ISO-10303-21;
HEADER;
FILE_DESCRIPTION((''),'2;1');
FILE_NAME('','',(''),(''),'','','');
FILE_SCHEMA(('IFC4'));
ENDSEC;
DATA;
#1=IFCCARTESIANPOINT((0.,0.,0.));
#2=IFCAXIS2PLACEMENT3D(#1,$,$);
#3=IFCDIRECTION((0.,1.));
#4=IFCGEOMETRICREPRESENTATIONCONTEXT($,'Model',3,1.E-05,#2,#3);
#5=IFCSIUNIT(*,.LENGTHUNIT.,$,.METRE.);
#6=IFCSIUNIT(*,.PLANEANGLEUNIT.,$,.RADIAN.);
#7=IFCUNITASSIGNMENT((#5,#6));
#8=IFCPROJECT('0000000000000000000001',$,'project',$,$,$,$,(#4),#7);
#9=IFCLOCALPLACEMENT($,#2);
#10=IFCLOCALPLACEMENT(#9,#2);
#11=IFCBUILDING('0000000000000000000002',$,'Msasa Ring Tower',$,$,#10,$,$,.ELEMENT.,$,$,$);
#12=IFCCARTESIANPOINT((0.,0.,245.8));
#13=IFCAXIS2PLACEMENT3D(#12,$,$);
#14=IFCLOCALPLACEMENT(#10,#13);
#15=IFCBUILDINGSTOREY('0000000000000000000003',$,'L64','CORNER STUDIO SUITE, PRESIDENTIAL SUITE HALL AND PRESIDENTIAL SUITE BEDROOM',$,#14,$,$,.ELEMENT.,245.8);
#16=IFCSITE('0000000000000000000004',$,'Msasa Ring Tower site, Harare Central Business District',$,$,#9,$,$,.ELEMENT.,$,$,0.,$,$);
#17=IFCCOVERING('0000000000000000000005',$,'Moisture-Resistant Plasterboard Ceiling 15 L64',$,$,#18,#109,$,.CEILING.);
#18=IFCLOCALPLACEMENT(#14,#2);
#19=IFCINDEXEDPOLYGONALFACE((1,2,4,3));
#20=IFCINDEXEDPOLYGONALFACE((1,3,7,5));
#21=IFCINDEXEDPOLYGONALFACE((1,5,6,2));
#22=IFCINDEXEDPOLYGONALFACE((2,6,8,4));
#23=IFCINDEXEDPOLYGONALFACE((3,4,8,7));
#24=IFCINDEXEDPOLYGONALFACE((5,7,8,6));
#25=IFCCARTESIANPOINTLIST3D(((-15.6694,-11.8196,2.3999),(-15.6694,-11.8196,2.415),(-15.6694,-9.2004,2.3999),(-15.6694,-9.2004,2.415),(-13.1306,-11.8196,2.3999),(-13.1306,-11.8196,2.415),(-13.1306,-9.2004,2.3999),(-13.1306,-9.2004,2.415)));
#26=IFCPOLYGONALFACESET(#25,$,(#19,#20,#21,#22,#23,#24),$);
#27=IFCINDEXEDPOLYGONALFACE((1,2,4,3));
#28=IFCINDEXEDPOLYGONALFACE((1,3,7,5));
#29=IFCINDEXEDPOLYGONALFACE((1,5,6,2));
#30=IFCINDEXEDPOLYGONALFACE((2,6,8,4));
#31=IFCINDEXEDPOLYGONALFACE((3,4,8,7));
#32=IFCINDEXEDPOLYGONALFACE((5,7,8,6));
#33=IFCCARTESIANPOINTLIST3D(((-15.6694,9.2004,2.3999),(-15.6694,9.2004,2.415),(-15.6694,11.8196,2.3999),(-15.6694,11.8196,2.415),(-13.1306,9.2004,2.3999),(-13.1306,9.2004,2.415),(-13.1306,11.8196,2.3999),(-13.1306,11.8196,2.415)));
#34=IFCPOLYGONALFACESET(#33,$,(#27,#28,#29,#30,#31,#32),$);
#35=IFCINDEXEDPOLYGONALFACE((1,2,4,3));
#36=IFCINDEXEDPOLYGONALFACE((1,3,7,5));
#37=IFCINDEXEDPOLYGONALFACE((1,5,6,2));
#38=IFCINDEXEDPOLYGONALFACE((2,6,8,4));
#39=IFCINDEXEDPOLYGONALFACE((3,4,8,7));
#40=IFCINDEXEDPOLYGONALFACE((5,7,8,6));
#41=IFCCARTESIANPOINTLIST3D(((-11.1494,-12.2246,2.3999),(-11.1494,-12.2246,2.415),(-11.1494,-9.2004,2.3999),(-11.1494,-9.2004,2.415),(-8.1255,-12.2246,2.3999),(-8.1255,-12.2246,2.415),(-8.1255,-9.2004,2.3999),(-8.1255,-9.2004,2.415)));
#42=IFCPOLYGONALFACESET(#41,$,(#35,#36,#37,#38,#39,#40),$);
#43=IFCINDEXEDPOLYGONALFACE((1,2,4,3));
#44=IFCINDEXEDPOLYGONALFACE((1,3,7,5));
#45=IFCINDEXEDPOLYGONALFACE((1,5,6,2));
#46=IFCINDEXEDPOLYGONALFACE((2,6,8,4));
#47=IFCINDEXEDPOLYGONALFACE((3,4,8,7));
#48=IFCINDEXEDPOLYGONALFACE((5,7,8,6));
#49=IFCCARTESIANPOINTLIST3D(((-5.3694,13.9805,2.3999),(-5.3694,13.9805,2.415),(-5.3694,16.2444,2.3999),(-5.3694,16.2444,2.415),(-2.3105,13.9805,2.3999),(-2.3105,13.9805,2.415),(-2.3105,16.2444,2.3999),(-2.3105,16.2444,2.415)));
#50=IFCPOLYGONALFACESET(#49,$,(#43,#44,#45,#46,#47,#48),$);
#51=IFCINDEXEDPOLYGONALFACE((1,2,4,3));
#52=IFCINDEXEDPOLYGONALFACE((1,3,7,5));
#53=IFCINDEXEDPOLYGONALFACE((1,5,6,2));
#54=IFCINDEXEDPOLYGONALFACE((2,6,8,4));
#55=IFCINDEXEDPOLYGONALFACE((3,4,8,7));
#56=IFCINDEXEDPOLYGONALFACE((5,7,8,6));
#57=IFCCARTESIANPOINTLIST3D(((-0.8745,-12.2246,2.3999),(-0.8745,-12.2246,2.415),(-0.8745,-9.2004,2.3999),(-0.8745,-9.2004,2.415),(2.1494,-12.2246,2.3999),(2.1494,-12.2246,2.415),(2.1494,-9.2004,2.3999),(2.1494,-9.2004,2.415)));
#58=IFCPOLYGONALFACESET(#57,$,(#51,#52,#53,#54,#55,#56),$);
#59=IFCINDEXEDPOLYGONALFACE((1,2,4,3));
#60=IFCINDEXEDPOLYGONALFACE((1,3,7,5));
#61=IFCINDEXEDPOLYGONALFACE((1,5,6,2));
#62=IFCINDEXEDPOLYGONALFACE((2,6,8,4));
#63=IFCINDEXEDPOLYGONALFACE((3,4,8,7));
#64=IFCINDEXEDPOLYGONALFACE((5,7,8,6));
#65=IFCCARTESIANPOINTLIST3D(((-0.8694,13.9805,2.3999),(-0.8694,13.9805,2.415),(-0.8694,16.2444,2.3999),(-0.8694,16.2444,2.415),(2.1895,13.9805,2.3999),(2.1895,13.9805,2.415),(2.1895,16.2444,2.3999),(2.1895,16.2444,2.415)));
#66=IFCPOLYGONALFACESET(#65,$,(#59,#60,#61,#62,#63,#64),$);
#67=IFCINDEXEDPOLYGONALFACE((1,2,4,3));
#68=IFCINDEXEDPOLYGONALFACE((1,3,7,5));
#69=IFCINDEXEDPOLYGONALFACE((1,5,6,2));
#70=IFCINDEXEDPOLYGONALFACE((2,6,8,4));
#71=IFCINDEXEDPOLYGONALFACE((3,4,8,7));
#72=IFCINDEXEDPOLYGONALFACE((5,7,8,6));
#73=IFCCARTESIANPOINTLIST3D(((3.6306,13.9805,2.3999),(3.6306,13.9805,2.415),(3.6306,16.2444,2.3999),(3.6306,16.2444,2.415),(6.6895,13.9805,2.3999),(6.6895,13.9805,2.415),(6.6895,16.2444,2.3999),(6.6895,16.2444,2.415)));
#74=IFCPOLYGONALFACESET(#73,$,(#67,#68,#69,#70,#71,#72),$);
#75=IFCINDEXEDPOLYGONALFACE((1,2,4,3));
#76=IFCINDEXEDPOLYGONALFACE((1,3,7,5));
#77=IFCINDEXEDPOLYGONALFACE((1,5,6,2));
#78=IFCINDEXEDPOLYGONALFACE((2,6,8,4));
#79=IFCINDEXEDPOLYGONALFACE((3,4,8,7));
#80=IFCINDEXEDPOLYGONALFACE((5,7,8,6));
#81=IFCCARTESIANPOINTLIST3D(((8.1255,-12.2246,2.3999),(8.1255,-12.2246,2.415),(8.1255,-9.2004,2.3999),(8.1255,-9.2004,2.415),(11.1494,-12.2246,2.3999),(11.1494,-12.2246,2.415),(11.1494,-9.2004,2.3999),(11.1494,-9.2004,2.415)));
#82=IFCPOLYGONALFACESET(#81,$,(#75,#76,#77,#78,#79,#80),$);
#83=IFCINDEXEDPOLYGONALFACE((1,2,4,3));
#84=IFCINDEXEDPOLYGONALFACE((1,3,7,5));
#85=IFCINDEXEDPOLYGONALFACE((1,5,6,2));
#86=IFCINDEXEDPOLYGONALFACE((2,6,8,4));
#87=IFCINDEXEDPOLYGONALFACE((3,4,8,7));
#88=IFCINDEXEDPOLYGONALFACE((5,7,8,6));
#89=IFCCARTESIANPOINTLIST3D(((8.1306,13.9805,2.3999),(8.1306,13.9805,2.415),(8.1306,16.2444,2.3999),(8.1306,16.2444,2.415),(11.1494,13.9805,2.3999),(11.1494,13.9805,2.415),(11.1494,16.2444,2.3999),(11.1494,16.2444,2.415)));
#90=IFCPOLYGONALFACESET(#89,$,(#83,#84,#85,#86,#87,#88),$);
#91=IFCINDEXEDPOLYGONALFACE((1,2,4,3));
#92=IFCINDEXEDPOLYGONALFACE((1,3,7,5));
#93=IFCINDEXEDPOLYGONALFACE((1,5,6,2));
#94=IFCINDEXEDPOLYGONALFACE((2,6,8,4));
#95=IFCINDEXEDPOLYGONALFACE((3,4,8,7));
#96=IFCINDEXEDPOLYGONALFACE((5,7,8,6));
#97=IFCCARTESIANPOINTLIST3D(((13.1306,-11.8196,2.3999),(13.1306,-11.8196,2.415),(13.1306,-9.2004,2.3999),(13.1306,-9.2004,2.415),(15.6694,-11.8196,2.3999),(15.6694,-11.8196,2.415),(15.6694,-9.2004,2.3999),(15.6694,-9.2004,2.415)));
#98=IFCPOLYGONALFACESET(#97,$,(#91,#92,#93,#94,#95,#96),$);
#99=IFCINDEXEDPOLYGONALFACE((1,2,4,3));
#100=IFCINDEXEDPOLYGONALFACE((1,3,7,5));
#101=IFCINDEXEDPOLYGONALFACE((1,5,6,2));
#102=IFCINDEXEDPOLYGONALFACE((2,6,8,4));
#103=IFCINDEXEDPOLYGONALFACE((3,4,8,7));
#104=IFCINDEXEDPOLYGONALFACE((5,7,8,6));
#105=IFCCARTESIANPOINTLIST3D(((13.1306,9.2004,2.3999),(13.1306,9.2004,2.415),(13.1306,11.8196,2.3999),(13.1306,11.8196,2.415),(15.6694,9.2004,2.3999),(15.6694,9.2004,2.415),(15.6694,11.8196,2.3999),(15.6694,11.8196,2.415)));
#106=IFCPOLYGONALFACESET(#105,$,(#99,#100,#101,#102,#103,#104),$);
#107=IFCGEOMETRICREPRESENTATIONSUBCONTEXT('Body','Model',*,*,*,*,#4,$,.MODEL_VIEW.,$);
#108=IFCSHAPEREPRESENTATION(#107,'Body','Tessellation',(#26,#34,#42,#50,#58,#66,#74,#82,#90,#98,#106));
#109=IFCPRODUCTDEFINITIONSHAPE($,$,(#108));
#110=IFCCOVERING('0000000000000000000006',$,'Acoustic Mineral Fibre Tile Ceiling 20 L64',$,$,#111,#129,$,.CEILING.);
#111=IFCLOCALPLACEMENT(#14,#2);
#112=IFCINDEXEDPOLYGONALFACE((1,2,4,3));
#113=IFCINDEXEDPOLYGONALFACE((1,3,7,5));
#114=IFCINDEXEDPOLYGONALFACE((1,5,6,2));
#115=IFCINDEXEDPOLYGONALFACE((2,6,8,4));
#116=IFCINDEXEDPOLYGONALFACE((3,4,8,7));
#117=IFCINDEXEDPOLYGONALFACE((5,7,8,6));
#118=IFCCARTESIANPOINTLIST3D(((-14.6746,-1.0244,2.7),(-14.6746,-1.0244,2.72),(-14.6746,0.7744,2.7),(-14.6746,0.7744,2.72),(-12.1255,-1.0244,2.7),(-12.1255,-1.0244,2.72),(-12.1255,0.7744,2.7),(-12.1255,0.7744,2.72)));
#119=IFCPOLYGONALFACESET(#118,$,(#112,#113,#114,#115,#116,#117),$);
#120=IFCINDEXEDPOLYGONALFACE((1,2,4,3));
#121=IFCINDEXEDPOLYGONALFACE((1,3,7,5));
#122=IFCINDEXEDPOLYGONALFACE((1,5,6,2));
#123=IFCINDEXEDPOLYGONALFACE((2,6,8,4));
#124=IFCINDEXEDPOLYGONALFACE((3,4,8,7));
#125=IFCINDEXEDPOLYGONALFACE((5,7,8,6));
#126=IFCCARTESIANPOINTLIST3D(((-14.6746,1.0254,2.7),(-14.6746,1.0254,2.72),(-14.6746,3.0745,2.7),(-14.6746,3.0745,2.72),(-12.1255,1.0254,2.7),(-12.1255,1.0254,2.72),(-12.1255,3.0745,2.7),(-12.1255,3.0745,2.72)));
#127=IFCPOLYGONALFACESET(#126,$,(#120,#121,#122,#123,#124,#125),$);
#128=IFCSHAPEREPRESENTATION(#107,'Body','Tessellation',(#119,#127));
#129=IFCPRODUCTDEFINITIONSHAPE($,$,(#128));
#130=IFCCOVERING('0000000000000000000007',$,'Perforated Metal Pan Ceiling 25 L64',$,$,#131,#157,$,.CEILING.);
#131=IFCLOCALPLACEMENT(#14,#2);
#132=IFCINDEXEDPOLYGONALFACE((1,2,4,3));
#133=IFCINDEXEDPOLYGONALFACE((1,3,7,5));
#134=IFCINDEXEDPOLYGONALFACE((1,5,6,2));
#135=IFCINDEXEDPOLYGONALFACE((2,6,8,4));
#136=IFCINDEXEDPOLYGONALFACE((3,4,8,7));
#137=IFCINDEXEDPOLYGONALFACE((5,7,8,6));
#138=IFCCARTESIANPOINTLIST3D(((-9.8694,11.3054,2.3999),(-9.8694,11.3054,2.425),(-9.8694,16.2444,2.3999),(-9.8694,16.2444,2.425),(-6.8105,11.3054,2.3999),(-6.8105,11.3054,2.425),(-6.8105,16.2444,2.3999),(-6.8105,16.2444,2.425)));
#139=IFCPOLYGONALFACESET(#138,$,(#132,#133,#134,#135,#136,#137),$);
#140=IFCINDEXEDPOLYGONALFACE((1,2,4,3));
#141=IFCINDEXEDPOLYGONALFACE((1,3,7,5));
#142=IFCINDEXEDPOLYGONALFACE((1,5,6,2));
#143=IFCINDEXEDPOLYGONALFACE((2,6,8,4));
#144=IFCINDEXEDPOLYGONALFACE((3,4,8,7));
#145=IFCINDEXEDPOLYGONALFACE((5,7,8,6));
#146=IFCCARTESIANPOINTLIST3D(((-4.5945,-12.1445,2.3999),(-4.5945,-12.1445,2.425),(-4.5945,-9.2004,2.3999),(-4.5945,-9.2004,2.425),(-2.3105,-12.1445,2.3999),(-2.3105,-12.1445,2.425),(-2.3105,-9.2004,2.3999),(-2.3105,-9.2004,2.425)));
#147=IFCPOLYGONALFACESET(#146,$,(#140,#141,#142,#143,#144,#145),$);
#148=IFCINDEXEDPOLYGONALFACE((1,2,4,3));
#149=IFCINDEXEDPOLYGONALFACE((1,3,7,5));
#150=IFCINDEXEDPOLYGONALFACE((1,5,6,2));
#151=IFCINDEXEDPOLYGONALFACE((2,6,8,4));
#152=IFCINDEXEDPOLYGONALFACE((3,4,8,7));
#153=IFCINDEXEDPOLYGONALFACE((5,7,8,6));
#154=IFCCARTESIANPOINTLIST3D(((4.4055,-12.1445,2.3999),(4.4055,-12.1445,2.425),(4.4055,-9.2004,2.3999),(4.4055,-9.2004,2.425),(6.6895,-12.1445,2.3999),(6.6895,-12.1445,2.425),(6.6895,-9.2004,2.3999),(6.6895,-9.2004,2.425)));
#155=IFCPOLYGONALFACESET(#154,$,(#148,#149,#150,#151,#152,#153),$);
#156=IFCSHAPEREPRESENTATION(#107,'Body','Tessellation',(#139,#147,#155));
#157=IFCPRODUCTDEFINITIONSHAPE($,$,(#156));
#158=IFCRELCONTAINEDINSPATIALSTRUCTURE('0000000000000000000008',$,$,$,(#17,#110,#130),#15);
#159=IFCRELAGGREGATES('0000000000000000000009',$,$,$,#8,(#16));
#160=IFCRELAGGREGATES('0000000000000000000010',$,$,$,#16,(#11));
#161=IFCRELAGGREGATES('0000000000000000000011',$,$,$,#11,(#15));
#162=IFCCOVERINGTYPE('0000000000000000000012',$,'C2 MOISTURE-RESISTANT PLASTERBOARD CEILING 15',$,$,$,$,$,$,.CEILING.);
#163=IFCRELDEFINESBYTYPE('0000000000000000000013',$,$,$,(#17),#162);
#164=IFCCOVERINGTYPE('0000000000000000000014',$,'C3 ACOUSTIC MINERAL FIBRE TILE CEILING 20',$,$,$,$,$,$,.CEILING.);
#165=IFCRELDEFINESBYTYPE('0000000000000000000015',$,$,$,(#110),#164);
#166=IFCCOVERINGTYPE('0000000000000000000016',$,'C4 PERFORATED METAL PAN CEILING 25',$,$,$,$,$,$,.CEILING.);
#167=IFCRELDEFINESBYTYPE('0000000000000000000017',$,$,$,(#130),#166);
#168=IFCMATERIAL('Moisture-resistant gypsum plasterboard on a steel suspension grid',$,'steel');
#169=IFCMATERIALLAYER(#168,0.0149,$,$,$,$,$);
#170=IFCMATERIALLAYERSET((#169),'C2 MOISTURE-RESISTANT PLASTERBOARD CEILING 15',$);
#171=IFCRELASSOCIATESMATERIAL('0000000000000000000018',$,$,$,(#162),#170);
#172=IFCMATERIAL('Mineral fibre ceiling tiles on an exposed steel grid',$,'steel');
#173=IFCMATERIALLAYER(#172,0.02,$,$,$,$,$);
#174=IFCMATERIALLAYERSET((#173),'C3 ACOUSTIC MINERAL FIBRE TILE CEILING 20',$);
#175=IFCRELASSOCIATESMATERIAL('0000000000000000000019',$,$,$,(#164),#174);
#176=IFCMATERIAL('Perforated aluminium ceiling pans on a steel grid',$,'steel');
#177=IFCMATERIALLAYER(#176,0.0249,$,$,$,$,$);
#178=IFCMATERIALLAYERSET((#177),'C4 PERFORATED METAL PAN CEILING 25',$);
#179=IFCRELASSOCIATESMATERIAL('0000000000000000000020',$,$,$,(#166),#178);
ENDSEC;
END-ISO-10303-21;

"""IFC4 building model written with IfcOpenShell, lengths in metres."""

from ifc_helpers import new_model, si_unit, direction, frame, origin, place, context, subcontext, project, spatial, line, indexed_curve, outline, extrude, material, layer, layer_set, type_object, element, save


model = new_model("IFC4")

# Units and contexts
model_context = context("Model", 3, precision=1e-05, world=origin(), true_north=direction((0.0, 1.0)))
body_context = subcontext(model_context, "Body", "Model", "MODEL_VIEW")
ifc_project = project(units=[si_unit("LENGTHUNIT", "METRE"), si_unit("PLANEANGLEUNIT", "RADIAN")], contexts=[model_context])

# Site, building, storey
site_placement = place(None, origin())
site = spatial("IfcSite", under=ifc_project, at=site_placement, Name="Msasa Ring Tower site, Harare Central Business District", CompositionType="ELEMENT", RefElevation=0.0)
building_placement = place(site_placement, origin())
building = spatial("IfcBuilding", under=site, at=building_placement, Name="Msasa Ring Tower", CompositionType="ELEMENT")
storey_placement = place(building_placement, frame((0.0, 0.0, 245.8)))
storey = spatial("IfcBuildingStorey", under=building, at=storey_placement, Name="L64", Description="CORNER STUDIO SUITE, PRESIDENTIAL SUITE HALL AND PRESIDENTIAL SUITE BEDROOM", CompositionType="ELEMENT", Elevation=245.8)

# Coverings
ifc_material_1 = material(Name="Moisture-resistant gypsum plasterboard on a steel suspension grid", Category="steel")
ifc_layer_1 = layer(ifc_material_1, 0.0149)
ifc_layer_set_1 = layer_set([ifc_layer_1], Name="C2 MOISTURE-RESISTANT PLASTERBOARD CEILING 15")
covering_type_1 = type_object("IfcCoveringType", Name="C2 MOISTURE-RESISTANT PLASTERBOARD CEILING 15", PredefinedType="CEILING", material=ifc_layer_set_1)
covering_1_placement = place(storey_placement, frame((0.0, 0.0, 2.3999)))
element("IfcCovering", 1, at=covering_1_placement, inside=storey, type_object=covering_type_1, Name="Moisture-Resistant Plasterboard Ceiling 15 L64", PredefinedType="CEILING", context=body_context, shape_type="SweptSolid", body=[
    extrude(outline(indexed_curve([(-15.6694, -11.8196), (-15.6694, -9.2004), (-13.1306, -9.2004), (-13.1306, -11.8196)], segments=[line(1, 2, 3, 4, 1)], self_intersect=False)), origin(), (0.0, 0.0, 1.0), 0.0151),
    extrude(outline(indexed_curve([(-15.6694, 11.8196), (-13.1306, 11.8196), (-13.1306, 9.2004), (-15.6694, 9.2004)], segments=[line(1, 2, 3, 4, 1)], self_intersect=False)), origin(), (0.0, 0.0, 1.0), 0.0151),
    extrude(outline(indexed_curve([(-11.1494, -9.2004), (-8.1255, -9.2004), (-8.1255, -12.2246), (-11.1494, -12.2246)], segments=[line(1, 2, 3, 4, 1)], self_intersect=False)), origin(), (0.0, 0.0, 1.0), 0.0151),
    extrude(outline(indexed_curve([(-5.3694, 16.2444), (-2.3105, 16.2444), (-2.3105, 13.9805), (-5.3694, 13.9805)], segments=[line(1, 2, 3, 4, 1)], self_intersect=False)), origin(), (0.0, 0.0, 1.0), 0.0151),
    extrude(outline(indexed_curve([(2.1494, -9.2004), (2.1494, -12.2246), (-0.8745, -12.2246), (-0.8745, -9.2004)], segments=[line(1, 2, 3, 4, 1)], self_intersect=False)), origin(), (0.0, 0.0, 1.0), 0.0151),
    extrude(outline(indexed_curve([(-0.8694, 13.9805), (-0.8694, 16.2444), (2.1895, 16.2444), (2.1895, 13.9805)], segments=[line(1, 2, 3, 4, 1)], self_intersect=False)), origin(), (0.0, 0.0, 1.0), 0.0151),
    extrude(outline(indexed_curve([(3.6306, 16.2444), (6.6895, 16.2444), (6.6895, 13.9805), (3.6306, 13.9805)], segments=[line(1, 2, 3, 4, 1)], self_intersect=False)), origin(), (0.0, 0.0, 1.0), 0.0151),
    extrude(outline(indexed_curve([(11.1494, -9.2004), (11.1494, -12.2246), (8.1255, -12.2246), (8.1255, -9.2004)], segments=[line(1, 2, 3, 4, 1)], self_intersect=False)), origin(), (0.0, 0.0, 1.0), 0.0151),
    extrude(outline(indexed_curve([(8.1306, 16.2444), (11.1494, 16.2444), (11.1494, 13.9805), (8.1306, 13.9805)], segments=[line(1, 2, 3, 4, 1)], self_intersect=False)), origin(), (0.0, 0.0, 1.0), 0.0151),
    extrude(outline(indexed_curve([(13.1306, -9.2004), (15.6694, -9.2004), (15.6694, -11.8196), (13.1306, -11.8196)], segments=[line(1, 2, 3, 4, 1)], self_intersect=False)), origin(), (0.0, 0.0, 1.0), 0.0151),
    extrude(outline(indexed_curve([(13.1306, 9.2004), (13.1306, 11.8196), (15.6694, 11.8196), (15.6694, 9.2004)], segments=[line(1, 2, 3, 4, 1)], self_intersect=False)), origin(), (0.0, 0.0, 1.0), 0.0151),
])
ifc_material_2 = material(Name="Mineral fibre ceiling tiles on an exposed steel grid", Category="steel")
ifc_layer_2 = layer(ifc_material_2, 0.02)
ifc_layer_set_2 = layer_set([ifc_layer_2], Name="C3 ACOUSTIC MINERAL FIBRE TILE CEILING 20")
covering_type_2 = type_object("IfcCoveringType", Name="C3 ACOUSTIC MINERAL FIBRE TILE CEILING 20", PredefinedType="CEILING", material=ifc_layer_set_2)
covering_2_placement = place(storey_placement, frame((0.0, 0.0, 2.7)))
element("IfcCovering", 2, at=covering_2_placement, inside=storey, type_object=covering_type_2, Name="Acoustic Mineral Fibre Tile Ceiling 20 L64", PredefinedType="CEILING", context=body_context, shape_type="SweptSolid", body=[
    extrude(outline(indexed_curve([(-12.1255, -1.0244), (-14.6746, -1.0244), (-14.6746, 0.7744), (-12.1255, 0.7744)], segments=[line(1, 2, 3, 4, 1)], self_intersect=False)), origin(), (0.0, 0.0, 1.0), 0.02),
    extrude(outline(indexed_curve([(-12.1255, 3.0745), (-12.1255, 1.0254), (-14.6746, 1.0254), (-14.6746, 3.0745)], segments=[line(1, 2, 3, 4, 1)], self_intersect=False)), origin(), (0.0, 0.0, 1.0), 0.02),
])
ifc_material_3 = material(Name="Perforated aluminium ceiling pans on a steel grid", Category="steel")
ifc_layer_3 = layer(ifc_material_3, 0.0249)
ifc_layer_set_3 = layer_set([ifc_layer_3], Name="C4 PERFORATED METAL PAN CEILING 25")
covering_type_3 = type_object("IfcCoveringType", Name="C4 PERFORATED METAL PAN CEILING 25", PredefinedType="CEILING", material=ifc_layer_set_3)
covering_3_placement = place(storey_placement, frame((0.0, 0.0, 2.3999)))
element("IfcCovering", 3, at=covering_3_placement, inside=storey, type_object=covering_type_3, Name="Perforated Metal Pan Ceiling 25 L64", PredefinedType="CEILING", context=body_context, shape_type="SweptSolid", body=[
    extrude(outline(indexed_curve([(-6.8105, 11.3054), (-9.8694, 11.3054), (-9.8694, 16.2444), (-6.8105, 16.2444)], segments=[line(1, 2, 3, 4, 1)], self_intersect=False)), origin(), (0.0, 0.0, 1.0), 0.0251),
    extrude(outline(indexed_curve([(-2.3105, -9.2004), (-2.3105, -12.1445), (-4.5945, -12.1445), (-4.5945, -9.2004)], segments=[line(1, 2, 3, 4, 1)], self_intersect=False)), origin(), (0.0, 0.0, 1.0), 0.0251),
    extrude(outline(indexed_curve([(6.6895, -12.1445), (4.4055, -12.1445), (4.4055, -9.2004), (6.6895, -9.2004)], segments=[line(1, 2, 3, 4, 1)], self_intersect=False)), origin(), (0.0, 0.0, 1.0), 0.0251),
])

save(model, "model.ifc")
